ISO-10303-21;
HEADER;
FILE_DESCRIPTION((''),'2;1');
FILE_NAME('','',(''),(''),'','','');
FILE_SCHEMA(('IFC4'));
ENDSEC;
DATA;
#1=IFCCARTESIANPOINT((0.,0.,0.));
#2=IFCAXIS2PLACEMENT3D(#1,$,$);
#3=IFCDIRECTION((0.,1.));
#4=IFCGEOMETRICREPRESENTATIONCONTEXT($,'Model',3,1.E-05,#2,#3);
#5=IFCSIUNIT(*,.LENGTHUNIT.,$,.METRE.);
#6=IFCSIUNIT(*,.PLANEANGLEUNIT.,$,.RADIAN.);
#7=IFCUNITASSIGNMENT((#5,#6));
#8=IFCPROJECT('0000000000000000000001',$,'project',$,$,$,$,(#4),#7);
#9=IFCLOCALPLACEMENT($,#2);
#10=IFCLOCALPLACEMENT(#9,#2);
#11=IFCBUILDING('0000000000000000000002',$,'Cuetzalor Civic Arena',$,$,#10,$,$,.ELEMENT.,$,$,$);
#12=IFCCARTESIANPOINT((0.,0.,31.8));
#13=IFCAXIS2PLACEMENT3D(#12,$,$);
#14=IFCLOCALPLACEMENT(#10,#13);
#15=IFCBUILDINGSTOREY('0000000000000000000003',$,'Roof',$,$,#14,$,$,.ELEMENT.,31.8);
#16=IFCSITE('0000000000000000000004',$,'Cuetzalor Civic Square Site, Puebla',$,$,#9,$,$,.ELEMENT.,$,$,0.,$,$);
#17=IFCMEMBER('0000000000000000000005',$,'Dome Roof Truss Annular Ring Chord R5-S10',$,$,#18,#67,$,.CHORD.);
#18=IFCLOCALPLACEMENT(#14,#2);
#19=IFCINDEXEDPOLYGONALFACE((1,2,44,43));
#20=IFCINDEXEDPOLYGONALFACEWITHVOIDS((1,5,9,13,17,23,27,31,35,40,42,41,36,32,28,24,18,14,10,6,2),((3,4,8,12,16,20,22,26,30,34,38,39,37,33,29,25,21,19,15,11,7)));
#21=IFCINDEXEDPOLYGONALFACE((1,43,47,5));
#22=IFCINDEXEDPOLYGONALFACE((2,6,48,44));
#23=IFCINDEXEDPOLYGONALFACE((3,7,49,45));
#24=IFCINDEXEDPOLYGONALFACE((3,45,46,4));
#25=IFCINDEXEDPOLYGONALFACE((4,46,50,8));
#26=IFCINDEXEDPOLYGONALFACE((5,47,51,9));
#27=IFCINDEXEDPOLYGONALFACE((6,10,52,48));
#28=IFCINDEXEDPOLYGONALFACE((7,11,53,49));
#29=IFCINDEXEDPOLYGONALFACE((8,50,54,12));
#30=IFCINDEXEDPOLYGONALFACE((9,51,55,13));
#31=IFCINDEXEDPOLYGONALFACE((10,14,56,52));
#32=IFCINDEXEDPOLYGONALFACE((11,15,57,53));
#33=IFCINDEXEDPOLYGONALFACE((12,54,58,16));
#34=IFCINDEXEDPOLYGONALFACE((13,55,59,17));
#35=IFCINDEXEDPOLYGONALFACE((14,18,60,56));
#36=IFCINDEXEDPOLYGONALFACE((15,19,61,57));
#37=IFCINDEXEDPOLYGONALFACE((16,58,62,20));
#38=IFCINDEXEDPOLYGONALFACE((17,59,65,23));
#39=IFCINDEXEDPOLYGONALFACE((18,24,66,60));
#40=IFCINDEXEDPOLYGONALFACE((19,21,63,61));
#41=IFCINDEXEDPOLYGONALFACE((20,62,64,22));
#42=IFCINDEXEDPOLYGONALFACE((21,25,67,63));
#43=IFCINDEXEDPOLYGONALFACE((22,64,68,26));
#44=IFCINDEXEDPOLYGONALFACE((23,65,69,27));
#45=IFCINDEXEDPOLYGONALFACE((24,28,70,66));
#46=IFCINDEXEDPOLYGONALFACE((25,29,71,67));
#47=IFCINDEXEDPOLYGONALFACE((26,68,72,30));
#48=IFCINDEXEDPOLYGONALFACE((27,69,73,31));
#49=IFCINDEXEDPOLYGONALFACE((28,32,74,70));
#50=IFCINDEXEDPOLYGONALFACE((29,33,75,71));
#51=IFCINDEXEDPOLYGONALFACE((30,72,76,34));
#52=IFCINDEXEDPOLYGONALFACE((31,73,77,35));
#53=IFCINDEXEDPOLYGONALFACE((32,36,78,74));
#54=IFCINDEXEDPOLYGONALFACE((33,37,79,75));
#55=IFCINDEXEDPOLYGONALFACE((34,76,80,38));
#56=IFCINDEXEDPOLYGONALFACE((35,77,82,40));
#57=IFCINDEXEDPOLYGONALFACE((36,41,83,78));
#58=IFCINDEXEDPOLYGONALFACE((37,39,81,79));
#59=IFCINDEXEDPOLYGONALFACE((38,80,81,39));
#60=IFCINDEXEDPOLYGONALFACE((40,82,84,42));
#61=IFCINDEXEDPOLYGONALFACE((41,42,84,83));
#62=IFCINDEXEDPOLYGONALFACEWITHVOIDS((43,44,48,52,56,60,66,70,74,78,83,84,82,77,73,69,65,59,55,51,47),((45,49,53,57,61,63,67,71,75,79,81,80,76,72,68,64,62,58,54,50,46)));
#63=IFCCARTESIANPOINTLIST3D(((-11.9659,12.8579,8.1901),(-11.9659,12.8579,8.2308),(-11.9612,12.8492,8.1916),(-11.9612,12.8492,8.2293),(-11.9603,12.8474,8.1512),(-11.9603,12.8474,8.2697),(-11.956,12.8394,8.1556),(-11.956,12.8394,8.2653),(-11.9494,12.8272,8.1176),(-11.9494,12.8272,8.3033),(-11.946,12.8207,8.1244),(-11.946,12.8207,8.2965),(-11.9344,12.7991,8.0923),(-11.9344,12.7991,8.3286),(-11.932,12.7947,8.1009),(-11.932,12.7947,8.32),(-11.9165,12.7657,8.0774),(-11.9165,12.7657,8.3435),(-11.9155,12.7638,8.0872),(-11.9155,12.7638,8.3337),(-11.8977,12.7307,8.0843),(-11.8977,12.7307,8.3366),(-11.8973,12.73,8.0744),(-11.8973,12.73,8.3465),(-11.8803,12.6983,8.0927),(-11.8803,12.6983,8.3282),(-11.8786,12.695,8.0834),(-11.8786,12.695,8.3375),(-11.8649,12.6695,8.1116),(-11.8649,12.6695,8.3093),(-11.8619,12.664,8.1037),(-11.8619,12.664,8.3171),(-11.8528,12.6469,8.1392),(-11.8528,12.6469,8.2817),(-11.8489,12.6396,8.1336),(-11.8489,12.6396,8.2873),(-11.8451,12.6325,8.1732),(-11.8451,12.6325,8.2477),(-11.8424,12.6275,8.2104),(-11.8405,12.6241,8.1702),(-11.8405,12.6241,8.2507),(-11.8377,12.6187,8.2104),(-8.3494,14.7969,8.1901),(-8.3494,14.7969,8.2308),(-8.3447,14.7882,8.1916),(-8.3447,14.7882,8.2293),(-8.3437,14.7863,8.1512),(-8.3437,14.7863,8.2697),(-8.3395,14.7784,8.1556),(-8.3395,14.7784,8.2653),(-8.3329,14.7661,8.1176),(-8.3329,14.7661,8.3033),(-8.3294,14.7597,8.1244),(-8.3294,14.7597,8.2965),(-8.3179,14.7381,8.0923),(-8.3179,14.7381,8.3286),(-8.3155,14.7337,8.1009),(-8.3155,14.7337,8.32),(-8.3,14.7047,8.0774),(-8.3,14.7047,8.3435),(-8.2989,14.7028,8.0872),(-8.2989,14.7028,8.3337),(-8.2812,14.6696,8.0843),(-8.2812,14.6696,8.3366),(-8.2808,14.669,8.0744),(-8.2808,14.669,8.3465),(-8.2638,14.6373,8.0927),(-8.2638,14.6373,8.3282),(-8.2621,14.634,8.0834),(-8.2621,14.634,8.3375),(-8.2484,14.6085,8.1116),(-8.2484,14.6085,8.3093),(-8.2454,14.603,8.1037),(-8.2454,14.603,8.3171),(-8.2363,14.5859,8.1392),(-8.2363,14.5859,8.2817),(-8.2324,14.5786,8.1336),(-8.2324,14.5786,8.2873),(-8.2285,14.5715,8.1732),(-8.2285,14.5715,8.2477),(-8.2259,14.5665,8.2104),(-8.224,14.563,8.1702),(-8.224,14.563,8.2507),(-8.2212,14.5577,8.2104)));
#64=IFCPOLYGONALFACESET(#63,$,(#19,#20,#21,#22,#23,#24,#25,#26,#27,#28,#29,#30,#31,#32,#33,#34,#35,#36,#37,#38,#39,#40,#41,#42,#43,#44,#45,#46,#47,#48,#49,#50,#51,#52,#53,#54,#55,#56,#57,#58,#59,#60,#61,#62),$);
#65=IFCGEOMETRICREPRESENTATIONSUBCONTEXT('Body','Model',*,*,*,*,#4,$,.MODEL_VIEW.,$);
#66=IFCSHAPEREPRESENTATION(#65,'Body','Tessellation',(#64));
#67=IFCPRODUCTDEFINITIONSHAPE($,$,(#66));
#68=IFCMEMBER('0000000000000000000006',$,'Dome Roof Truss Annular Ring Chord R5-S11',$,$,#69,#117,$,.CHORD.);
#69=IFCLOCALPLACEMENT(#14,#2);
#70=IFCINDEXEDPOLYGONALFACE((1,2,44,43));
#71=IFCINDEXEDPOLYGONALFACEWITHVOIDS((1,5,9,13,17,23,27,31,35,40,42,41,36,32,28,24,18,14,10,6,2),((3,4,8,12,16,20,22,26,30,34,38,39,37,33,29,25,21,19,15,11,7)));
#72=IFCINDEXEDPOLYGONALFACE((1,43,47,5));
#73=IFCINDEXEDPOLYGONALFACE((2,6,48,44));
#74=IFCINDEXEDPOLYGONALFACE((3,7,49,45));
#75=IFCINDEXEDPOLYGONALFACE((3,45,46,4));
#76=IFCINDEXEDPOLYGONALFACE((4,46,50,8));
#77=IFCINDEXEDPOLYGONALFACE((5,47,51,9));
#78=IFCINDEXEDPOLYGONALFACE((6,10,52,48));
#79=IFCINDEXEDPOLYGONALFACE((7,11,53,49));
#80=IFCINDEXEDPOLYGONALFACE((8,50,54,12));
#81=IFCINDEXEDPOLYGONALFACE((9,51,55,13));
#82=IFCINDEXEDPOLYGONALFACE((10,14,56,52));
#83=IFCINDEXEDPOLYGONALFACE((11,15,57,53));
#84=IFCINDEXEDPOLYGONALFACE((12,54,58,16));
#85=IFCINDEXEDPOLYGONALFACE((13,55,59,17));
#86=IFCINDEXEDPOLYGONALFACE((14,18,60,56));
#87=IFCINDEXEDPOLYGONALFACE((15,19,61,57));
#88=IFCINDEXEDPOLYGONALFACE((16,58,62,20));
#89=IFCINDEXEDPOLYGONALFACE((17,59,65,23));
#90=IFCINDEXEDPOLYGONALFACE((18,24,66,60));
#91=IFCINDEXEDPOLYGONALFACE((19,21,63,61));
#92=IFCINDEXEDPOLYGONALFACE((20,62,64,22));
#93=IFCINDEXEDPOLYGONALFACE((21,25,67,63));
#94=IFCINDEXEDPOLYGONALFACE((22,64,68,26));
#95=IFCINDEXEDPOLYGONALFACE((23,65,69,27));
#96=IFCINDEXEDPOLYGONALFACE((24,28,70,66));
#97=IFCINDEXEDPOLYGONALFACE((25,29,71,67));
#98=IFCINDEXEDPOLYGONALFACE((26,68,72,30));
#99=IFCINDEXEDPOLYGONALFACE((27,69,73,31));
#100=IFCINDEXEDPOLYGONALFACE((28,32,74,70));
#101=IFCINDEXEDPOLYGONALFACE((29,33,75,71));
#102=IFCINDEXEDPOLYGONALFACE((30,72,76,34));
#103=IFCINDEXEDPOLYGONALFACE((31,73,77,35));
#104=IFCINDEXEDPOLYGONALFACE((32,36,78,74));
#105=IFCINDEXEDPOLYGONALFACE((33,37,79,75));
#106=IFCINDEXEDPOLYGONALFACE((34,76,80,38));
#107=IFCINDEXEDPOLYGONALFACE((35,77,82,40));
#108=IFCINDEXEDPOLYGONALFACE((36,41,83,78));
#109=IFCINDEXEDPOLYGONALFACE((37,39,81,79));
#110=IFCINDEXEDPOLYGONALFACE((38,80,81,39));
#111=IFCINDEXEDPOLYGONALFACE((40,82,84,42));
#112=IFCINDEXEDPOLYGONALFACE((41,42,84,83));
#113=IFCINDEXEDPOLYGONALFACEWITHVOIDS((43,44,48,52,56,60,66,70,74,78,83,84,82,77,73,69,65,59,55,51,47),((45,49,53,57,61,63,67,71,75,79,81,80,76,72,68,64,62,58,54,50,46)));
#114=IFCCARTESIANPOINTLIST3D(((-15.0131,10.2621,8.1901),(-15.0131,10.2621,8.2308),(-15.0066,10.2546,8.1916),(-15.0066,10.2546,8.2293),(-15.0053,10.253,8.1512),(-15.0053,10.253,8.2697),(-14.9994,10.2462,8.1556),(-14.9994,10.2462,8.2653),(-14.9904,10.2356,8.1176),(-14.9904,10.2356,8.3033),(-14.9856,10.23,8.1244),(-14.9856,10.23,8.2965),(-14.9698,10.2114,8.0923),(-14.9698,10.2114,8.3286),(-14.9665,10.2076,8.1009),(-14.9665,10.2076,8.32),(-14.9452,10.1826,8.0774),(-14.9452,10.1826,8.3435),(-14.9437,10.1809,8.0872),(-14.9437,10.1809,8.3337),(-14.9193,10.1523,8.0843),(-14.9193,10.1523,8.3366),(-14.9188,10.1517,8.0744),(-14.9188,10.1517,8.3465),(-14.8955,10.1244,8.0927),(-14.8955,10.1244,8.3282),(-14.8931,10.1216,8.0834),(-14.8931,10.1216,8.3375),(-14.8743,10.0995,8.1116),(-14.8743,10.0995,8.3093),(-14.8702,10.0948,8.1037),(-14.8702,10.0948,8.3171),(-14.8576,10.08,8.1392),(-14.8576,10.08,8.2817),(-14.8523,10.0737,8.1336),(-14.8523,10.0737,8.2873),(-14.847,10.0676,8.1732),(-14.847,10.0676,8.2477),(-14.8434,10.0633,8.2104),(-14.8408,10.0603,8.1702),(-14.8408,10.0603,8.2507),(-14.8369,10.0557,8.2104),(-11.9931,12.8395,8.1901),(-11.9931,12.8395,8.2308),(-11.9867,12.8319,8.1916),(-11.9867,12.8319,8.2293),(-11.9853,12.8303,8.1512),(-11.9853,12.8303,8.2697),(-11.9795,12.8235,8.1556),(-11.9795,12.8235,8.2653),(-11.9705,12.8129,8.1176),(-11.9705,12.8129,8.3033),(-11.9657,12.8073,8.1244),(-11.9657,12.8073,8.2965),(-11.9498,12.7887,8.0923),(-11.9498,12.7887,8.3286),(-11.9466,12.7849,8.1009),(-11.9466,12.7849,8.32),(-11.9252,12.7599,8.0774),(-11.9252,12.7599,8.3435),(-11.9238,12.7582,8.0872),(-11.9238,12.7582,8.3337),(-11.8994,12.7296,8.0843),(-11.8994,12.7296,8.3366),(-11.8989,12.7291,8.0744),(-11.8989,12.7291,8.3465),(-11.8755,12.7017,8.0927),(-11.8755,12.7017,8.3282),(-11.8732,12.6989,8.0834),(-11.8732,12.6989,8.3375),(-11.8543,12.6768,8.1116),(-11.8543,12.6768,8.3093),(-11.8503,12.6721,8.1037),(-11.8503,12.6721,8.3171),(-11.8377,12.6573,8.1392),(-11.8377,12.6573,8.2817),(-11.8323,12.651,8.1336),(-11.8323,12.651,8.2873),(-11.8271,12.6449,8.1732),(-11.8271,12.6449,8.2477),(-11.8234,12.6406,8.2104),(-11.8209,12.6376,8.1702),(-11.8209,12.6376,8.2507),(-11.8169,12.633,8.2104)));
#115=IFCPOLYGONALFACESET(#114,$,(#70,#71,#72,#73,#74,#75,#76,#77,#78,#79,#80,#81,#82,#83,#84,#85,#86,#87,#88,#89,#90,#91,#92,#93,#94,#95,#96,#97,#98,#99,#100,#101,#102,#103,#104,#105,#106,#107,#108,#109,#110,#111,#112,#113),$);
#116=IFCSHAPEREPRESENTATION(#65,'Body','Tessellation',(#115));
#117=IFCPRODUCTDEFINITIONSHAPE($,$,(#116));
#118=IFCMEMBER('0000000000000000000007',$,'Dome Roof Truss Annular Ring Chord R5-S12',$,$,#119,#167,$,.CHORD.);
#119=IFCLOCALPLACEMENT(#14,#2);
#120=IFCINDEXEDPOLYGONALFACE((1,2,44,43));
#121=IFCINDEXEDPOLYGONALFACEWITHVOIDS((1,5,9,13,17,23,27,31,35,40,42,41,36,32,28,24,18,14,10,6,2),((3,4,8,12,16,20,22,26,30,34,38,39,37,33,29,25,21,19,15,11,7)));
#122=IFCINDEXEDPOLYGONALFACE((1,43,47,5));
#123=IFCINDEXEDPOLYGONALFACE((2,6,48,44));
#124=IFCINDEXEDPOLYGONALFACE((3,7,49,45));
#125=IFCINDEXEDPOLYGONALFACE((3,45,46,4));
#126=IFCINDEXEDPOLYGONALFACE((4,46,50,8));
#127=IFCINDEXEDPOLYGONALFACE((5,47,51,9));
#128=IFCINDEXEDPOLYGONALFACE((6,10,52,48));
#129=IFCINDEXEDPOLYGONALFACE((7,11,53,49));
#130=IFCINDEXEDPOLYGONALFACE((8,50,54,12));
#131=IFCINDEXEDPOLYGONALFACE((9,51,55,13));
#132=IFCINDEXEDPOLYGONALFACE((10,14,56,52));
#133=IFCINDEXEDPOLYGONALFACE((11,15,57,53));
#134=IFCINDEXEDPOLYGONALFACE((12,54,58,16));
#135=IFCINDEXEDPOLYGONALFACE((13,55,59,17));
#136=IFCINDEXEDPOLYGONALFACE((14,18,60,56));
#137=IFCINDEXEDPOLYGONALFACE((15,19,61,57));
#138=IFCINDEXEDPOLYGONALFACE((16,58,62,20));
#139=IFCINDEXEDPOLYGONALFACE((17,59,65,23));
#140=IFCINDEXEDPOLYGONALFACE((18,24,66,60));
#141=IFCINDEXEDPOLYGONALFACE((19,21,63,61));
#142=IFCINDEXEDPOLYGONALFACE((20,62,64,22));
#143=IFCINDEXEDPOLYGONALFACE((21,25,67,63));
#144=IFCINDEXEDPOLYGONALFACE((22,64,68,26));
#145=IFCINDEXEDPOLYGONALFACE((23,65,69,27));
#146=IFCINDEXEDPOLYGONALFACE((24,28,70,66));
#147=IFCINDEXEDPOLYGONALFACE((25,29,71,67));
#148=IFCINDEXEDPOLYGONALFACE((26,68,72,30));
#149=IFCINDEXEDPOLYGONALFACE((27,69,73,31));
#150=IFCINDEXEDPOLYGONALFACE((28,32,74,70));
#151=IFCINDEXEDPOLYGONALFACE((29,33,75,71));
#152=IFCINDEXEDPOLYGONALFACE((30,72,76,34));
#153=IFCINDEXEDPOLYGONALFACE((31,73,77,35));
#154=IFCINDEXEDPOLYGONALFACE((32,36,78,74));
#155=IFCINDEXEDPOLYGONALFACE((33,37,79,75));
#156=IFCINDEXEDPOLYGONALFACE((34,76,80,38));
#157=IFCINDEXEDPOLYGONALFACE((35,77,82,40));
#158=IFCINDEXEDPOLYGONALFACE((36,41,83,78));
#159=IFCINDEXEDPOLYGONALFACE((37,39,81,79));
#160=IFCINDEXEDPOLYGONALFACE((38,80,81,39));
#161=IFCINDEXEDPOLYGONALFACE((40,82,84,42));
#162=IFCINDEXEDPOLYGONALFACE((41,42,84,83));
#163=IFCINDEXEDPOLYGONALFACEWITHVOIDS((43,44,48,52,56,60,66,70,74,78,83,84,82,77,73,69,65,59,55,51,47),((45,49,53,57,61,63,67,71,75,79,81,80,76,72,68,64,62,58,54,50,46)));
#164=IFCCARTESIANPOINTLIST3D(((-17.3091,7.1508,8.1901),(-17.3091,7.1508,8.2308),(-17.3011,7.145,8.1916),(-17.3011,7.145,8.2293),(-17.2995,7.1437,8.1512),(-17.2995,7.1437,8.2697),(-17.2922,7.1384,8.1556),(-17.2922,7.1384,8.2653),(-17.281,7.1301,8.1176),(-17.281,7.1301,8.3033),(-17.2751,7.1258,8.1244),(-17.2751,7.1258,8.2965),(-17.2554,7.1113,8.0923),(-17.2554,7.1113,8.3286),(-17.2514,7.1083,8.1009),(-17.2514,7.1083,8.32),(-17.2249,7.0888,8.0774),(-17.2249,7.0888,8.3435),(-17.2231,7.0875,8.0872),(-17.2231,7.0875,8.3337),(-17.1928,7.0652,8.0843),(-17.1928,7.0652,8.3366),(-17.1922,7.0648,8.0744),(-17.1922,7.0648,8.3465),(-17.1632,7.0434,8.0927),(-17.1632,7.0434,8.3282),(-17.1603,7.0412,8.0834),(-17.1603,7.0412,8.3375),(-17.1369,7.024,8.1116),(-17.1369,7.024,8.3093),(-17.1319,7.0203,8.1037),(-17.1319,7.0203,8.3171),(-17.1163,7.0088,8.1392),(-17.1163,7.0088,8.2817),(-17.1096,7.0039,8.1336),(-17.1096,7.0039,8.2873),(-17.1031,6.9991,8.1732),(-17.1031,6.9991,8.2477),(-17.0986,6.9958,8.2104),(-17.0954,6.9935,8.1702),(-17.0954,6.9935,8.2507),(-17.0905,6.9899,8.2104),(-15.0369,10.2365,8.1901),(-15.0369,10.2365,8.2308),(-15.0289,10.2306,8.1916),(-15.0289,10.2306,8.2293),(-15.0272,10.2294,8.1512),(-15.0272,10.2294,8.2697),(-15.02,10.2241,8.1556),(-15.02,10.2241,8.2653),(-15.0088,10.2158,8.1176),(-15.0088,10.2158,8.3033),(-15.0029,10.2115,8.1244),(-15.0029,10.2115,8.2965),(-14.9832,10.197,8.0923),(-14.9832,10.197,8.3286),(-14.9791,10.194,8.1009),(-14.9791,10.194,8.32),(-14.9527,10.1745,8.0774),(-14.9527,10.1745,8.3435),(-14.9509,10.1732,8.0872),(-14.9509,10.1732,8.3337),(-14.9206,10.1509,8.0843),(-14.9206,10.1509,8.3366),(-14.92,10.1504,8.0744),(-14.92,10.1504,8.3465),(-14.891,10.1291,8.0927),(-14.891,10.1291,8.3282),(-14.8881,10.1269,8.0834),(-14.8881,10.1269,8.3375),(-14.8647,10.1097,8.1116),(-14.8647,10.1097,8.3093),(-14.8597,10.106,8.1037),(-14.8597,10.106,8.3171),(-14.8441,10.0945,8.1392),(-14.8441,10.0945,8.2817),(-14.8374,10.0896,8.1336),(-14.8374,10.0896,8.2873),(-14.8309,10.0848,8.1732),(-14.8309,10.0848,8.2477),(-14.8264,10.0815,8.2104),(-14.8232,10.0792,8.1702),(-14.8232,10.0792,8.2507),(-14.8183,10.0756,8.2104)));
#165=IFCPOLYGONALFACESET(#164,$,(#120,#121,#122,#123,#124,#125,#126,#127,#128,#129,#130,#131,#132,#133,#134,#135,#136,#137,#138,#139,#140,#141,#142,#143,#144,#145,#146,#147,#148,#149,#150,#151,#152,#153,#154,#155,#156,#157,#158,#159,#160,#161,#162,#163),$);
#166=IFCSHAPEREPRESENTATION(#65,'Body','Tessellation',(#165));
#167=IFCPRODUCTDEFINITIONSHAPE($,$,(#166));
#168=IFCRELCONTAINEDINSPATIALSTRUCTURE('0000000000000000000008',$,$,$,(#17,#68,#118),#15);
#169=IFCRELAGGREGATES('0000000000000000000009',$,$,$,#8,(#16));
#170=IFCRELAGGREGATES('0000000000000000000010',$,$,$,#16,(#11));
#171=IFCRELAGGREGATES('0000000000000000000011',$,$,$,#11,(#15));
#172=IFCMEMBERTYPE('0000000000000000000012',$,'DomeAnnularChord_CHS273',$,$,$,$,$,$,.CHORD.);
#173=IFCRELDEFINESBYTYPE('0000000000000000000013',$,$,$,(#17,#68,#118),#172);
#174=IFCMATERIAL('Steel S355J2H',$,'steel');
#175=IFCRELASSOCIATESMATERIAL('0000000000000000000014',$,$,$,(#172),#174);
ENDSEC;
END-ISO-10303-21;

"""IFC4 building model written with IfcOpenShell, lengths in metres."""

from ifc_helpers import new_model, si_unit, direction, frame, origin, origin_2d, place, context, subcontext, project, spatial, hollow_circle, extrude, material, material_profile, profile_set, type_object, element, save


model = new_model("IFC4")

# Units and contexts
model_context = context("Model", 3, precision=1e-05, world=origin(), true_north=direction((0.0, 1.0)))
body_context = subcontext(model_context, "Body", "Model", "MODEL_VIEW")
ifc_project = project(units=[si_unit("LENGTHUNIT", "METRE"), si_unit("PLANEANGLEUNIT", "RADIAN")], contexts=[model_context])

# Site, building, storey
site_placement = place(None, origin())
site = spatial("IfcSite", under=ifc_project, at=site_placement, Name="Cuetzalor Civic Square Site, Puebla", CompositionType="ELEMENT", RefElevation=0.0)
building_placement = place(site_placement, origin())
building = spatial("IfcBuilding", under=site, at=building_placement, Name="Cuetzalor Civic Arena", CompositionType="ELEMENT")
storey_placement = place(building_placement, frame((0.0, 0.0, 31.8)))
storey = spatial("IfcBuildingStorey", under=building, at=storey_placement, Name="Roof", CompositionType="ELEMENT", Elevation=31.8)

# Members
ifc_material_1 = material(Name="Steel S355J2H", Category="steel")
ifc_material_profile_1 = material_profile(ifc_material_1, hollow_circle(Radius=0.1365, WallThickness=0.01, at=origin_2d()), Name="CHS 273x10")
ifc_profile_set_1 = profile_set([ifc_material_profile_1], Name="Steel S355J2H")
member_type_1 = type_object("IfcMemberType", Name="DomeAnnularChord_CHS273", PredefinedType="CHORD", material=ifc_profile_set_1)
member_1_placement = place(storey_placement, frame((-8.2856, 14.678, 8.2104), z_axis=(-0.88132, -0.47252, 0.0), x_axis=(0.47252, -0.88132, 0.0)))
element("IfcMember", 1, at=member_1_placement, inside=storey, type_object=member_type_1, Name="Dome Roof Truss Annular Ring Chord R5-S10", PredefinedType="CHORD", context=body_context, shape_type="SweptSolid", body=[
    extrude(hollow_circle(Radius=0.1365, WallThickness=0.01, at=origin_2d()), origin(), (0.0, 0.0, 1.0), 4.1035),
])
member_2_placement = place(storey_placement, frame((-11.9055, 12.7368, 8.2104), z_axis=(-0.760648, -0.649164, 0.0), x_axis=(0.649164, -0.760648, 0.0)))
element("IfcMember", 2, at=member_2_placement, inside=storey, type_object=member_type_1, Name="Dome Roof Truss Annular Ring Chord R5-S11", PredefinedType="CHORD", context=body_context, shape_type="SweptSolid", body=[
    extrude(hollow_circle(Radius=0.1365, WallThickness=0.01, at=origin_2d()), origin(), (0.0, 0.0, 1.0), 3.9702),
])
member_3_placement = place(storey_placement, frame((-14.9282, 10.1565, 8.2104), z_axis=(-0.592953, -0.805237, 0.0), x_axis=(0.805237, -0.592953, 0.0)))
element("IfcMember", 3, at=member_3_placement, inside=storey, type_object=member_type_1, Name="Dome Roof Truss Annular Ring Chord R5-S12", PredefinedType="CHORD", context=body_context, shape_type="SweptSolid", body=[
    extrude(hollow_circle(Radius=0.1365, WallThickness=0.01, at=origin_2d()), origin(), (0.0, 0.0, 1.0), 3.832),
])

save(model, "model.ifc")
